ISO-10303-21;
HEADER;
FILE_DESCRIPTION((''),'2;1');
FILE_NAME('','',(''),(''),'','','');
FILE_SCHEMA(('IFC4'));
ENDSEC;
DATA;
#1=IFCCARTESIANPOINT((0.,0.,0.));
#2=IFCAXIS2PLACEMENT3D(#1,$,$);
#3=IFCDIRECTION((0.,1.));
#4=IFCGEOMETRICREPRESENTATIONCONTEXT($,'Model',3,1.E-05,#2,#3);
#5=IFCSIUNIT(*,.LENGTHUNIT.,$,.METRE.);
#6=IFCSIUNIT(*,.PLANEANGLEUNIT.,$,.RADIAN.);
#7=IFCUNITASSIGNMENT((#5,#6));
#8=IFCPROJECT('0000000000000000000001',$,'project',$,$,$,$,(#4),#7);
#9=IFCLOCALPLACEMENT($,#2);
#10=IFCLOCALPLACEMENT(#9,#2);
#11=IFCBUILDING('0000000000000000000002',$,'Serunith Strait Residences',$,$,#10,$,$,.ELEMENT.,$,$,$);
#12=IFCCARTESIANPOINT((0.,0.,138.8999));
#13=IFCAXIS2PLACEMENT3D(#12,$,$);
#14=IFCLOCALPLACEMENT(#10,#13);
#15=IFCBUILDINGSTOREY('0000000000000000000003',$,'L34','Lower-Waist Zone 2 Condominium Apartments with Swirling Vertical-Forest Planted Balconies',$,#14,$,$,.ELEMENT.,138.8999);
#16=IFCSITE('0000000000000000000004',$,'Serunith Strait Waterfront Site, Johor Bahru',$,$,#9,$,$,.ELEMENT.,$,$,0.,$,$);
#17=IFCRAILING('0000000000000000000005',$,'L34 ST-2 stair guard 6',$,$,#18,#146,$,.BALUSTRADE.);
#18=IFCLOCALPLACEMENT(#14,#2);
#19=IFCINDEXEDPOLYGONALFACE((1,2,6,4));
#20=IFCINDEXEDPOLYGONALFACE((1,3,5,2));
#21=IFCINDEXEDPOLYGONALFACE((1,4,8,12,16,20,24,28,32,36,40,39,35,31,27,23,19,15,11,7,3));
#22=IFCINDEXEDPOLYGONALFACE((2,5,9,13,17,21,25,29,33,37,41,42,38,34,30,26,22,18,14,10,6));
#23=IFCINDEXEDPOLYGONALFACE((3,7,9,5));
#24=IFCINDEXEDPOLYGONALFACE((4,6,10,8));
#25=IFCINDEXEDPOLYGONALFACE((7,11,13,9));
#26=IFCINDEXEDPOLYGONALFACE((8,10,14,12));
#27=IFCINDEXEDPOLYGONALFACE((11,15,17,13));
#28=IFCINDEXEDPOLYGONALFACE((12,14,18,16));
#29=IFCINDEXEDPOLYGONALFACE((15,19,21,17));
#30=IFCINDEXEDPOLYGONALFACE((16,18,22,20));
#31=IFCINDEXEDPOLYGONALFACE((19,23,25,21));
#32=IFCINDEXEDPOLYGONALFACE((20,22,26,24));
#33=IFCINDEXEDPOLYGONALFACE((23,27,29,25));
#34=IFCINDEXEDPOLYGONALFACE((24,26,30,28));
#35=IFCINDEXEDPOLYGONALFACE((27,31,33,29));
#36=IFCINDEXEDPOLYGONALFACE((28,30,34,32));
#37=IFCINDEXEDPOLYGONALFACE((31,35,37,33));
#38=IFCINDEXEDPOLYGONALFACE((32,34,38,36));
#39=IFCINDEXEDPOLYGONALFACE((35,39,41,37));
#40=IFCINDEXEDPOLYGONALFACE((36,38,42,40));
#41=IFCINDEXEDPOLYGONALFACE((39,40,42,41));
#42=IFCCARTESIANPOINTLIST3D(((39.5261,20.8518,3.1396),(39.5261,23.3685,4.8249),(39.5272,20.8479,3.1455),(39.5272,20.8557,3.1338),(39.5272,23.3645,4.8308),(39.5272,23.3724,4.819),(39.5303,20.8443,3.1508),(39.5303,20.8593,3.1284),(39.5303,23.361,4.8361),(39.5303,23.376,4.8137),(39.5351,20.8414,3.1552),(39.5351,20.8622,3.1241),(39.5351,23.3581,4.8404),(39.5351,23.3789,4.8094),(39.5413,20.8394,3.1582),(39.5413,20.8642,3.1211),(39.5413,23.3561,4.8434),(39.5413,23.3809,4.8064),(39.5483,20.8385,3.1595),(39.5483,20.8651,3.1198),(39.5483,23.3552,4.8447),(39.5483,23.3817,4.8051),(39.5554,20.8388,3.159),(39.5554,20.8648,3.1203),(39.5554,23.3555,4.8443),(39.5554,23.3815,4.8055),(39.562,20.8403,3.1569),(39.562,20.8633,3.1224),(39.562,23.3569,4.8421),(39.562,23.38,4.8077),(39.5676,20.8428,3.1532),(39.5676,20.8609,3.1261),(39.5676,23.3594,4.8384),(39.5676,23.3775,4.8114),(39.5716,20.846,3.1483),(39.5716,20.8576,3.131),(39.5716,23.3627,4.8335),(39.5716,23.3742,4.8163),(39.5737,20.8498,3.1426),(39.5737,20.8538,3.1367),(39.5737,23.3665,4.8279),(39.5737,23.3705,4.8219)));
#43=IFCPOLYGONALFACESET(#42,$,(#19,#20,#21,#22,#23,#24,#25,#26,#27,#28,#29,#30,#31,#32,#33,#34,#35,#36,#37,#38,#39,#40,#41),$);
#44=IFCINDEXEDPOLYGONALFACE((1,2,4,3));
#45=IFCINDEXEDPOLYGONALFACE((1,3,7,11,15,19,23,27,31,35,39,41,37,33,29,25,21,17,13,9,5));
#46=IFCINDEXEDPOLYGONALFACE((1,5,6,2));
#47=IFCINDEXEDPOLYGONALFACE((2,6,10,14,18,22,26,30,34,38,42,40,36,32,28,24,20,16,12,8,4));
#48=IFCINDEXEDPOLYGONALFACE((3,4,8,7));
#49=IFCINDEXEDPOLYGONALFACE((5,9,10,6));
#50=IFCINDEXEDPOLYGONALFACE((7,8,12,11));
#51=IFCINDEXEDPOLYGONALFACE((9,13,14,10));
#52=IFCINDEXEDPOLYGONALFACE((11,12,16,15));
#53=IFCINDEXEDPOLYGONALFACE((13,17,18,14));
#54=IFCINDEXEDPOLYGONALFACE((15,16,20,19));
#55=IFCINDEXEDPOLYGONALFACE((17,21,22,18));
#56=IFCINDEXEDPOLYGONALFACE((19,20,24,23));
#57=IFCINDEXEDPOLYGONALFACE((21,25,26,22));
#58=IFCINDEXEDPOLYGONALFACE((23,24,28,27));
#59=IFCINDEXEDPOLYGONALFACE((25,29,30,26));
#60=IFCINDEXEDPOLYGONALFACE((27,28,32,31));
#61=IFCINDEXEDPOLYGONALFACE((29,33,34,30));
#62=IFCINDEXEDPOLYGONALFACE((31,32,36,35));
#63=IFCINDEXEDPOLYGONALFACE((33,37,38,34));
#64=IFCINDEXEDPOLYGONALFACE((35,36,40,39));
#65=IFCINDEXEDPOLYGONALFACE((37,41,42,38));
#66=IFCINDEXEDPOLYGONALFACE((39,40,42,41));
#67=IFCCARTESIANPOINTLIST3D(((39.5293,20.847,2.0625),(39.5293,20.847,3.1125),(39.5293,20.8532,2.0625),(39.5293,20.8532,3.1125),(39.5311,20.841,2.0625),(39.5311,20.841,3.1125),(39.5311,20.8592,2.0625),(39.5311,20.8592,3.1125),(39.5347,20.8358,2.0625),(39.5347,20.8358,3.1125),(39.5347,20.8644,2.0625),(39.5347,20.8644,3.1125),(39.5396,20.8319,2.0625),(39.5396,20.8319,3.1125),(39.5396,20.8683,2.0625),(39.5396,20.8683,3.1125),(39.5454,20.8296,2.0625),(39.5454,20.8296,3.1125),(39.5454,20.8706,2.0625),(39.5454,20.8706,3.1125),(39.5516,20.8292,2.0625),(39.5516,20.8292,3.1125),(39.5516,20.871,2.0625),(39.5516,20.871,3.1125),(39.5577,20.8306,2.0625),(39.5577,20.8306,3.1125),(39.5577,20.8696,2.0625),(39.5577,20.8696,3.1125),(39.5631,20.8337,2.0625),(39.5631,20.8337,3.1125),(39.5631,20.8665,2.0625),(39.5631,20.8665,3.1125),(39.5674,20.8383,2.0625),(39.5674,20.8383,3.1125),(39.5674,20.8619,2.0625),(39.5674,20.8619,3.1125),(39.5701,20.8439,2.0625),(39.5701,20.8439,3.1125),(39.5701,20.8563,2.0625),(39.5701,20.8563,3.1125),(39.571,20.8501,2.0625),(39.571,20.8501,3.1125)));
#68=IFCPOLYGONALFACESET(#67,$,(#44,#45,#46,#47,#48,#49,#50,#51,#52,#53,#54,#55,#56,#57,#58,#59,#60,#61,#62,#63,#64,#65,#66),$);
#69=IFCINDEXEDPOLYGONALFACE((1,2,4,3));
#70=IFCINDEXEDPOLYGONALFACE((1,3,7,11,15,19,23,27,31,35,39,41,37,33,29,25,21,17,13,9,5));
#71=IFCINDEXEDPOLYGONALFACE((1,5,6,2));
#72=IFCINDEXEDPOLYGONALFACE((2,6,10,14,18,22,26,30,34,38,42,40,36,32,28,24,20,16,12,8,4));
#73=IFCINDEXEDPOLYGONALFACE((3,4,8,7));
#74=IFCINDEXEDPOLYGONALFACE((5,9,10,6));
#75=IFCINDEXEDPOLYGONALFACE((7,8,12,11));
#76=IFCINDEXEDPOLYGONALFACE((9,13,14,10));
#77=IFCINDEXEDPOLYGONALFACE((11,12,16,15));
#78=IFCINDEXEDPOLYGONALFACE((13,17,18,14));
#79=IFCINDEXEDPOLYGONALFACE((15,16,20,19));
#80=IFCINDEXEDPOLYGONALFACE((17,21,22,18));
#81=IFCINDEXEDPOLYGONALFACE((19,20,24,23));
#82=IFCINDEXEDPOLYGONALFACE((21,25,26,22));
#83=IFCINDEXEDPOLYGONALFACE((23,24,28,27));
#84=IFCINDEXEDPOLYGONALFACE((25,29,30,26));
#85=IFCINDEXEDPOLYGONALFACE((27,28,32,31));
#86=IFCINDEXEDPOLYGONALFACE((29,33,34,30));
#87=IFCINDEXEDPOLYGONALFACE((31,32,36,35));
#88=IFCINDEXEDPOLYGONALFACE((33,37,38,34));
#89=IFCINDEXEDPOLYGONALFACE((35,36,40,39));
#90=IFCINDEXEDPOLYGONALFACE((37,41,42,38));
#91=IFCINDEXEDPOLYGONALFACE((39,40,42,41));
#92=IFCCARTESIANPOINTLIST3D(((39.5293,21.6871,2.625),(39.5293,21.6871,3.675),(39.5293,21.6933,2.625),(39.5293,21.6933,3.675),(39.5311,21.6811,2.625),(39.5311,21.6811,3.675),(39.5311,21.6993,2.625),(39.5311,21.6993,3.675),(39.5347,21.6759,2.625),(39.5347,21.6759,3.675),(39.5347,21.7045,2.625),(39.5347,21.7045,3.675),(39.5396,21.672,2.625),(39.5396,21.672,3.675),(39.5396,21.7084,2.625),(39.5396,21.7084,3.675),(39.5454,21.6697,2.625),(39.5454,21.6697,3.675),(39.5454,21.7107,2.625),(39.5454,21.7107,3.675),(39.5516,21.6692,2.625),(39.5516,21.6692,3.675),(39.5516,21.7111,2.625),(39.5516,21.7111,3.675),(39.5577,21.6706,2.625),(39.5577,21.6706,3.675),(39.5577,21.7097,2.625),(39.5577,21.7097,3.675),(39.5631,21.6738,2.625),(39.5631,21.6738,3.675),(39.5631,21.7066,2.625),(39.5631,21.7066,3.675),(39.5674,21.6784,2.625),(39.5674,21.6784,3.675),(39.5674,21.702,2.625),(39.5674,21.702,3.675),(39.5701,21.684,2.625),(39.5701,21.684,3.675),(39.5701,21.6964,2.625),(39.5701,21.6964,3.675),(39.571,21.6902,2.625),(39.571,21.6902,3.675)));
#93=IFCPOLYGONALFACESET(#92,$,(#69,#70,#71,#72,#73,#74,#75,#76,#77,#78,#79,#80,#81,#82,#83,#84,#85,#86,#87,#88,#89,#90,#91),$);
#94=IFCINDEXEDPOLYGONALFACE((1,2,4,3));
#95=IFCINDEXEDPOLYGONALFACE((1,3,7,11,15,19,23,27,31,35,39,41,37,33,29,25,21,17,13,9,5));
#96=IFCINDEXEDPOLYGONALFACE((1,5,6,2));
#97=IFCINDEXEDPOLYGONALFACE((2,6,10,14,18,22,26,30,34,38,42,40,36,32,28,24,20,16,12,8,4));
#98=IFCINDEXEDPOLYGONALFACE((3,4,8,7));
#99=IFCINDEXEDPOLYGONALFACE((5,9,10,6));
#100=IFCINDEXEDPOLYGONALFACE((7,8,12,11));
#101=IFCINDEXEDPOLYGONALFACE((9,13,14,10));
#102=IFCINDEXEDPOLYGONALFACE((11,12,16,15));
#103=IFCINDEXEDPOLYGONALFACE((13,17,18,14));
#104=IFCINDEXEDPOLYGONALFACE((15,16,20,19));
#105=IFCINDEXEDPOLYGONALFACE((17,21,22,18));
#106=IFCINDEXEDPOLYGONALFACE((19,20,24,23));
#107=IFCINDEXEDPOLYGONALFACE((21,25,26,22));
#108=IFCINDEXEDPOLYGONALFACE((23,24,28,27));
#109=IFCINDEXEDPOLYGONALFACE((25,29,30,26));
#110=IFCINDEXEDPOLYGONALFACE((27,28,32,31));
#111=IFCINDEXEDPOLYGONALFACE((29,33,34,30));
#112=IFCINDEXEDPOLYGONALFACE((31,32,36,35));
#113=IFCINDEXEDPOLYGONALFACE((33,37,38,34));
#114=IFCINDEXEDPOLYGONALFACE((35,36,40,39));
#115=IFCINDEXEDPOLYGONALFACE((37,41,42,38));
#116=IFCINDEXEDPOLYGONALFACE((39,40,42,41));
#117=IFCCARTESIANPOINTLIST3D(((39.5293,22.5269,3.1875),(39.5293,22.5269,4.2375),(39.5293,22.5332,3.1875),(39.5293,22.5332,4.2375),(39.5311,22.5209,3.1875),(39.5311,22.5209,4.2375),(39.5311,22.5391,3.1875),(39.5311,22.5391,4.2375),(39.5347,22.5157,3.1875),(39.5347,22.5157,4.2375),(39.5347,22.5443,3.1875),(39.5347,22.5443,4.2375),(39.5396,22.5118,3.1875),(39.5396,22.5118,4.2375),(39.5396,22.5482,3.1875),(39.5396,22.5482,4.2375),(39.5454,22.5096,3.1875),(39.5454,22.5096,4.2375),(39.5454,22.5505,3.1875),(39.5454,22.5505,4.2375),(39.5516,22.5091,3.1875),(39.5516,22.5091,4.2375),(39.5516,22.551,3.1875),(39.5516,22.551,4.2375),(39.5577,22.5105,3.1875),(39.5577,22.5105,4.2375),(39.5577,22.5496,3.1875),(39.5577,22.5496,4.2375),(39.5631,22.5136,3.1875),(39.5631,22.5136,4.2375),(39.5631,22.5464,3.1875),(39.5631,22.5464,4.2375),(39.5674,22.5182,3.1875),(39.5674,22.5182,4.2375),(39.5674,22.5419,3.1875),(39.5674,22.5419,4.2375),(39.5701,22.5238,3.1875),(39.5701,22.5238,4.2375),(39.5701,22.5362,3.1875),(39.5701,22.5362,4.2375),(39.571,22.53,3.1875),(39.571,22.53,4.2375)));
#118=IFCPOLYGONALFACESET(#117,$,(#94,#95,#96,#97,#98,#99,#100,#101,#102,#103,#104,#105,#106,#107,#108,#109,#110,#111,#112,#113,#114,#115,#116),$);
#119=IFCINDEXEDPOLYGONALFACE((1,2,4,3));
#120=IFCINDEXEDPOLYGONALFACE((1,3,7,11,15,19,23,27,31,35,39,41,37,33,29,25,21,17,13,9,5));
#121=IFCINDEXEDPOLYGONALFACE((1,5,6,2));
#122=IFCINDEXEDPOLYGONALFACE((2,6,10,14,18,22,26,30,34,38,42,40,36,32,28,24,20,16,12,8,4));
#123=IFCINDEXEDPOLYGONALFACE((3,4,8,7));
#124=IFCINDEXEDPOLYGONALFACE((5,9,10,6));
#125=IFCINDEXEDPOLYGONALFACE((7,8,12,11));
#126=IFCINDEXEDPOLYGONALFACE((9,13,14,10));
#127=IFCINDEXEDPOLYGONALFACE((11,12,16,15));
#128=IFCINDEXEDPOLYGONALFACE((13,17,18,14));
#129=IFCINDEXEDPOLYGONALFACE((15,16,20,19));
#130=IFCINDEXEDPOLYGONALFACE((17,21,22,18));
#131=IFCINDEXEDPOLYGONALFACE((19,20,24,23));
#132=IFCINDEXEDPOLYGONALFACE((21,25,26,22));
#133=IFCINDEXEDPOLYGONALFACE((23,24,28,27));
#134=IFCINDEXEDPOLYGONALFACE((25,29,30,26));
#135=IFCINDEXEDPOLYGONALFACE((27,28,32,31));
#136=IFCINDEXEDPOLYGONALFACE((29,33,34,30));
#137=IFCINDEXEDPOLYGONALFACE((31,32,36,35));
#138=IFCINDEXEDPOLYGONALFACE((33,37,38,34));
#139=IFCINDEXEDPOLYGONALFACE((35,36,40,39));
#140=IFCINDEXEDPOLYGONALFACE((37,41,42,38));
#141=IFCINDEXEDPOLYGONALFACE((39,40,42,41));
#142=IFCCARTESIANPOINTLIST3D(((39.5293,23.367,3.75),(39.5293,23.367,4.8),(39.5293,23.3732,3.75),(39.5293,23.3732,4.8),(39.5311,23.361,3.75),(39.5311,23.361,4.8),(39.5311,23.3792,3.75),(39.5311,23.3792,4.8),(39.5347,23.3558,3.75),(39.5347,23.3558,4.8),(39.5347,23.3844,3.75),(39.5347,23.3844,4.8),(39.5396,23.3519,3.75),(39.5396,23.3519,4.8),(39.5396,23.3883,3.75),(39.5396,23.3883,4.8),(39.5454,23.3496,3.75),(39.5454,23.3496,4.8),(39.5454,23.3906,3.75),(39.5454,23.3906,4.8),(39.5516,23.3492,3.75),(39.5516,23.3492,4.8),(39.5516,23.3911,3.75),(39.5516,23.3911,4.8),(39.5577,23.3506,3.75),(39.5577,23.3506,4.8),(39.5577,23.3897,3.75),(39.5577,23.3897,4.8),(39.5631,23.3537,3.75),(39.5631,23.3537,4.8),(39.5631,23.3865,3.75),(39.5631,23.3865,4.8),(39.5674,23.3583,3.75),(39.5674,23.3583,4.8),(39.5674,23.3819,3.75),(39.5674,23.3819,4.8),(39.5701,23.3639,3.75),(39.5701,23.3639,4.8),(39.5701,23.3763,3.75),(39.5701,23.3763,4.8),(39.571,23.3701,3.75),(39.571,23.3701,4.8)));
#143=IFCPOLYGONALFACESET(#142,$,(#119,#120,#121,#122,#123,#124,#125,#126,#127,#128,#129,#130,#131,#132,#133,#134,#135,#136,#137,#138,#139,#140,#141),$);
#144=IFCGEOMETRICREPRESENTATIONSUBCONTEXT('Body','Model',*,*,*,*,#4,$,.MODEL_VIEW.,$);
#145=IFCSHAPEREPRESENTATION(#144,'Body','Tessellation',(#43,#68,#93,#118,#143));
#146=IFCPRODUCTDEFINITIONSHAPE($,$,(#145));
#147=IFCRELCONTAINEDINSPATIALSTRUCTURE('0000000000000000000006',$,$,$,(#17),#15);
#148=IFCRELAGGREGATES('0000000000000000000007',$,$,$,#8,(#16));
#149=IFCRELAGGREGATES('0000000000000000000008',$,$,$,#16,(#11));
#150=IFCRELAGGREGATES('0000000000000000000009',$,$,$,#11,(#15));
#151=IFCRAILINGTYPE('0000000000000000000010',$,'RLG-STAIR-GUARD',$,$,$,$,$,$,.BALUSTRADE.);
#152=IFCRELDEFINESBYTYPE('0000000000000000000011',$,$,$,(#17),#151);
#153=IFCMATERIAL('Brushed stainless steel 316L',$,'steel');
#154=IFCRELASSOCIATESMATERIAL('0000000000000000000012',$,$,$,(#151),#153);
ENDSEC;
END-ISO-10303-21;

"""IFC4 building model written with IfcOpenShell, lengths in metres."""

from ifc_helpers import new_model, si_unit, direction, frame, origin, origin_2d, place, context, subcontext, project, spatial, circle, extrude, material, type_object, element, save


model = new_model("IFC4")

# Units and contexts
model_context = context("Model", 3, precision=1e-05, world=origin(), true_north=direction((0.0, 1.0)))
body_context = subcontext(model_context, "Body", "Model", "MODEL_VIEW")
ifc_project = project(units=[si_unit("LENGTHUNIT", "METRE"), si_unit("PLANEANGLEUNIT", "RADIAN")], contexts=[model_context])

# Site, building, storey
site_placement = place(None, origin())
site = spatial("IfcSite", under=ifc_project, at=site_placement, Name="Serunith Strait Waterfront Site, Johor Bahru", CompositionType="ELEMENT", RefElevation=0.0)
building_placement = place(site_placement, origin())
building = spatial("IfcBuilding", under=site, at=building_placement, Name="Serunith Strait Residences", CompositionType="ELEMENT")
storey_placement = place(building_placement, frame((0.0, 0.0, 138.8999)))
storey = spatial("IfcBuildingStorey", under=building, at=storey_placement, Name="L34", Description="Lower-Waist Zone 2 Condominium Apartments with Swirling Vertical-Forest Planted Balconies", CompositionType="ELEMENT", Elevation=138.8999)

# Railing
ifc_material_1 = material(Name="Brushed stainless steel 316L", Category="steel")
railing_type_1 = type_object("IfcRailingType", Name="RLG-STAIR-GUARD", PredefinedType="BALUSTRADE", material=ifc_material_1)
railing_1_placement = place(storey_placement, frame((39.55, 20.8501, 2.0625)))
element("IfcRailing", 1, at=railing_1_placement, inside=storey, type_object=railing_type_1, Name="L34 ST-2 stair guard 6", PredefinedType="BALUSTRADE", context=body_context, shape_type="SweptSolid", body=[
    extrude(circle(Radius=0.0239, at=origin_2d()), frame((0.0, 0.0017, 1.0771), z_axis=(0.0, 0.830909, 0.556408), x_axis=(-1.0, 0.0, 0.0)), (0.0, 0.0, 1.0), 3.0288),
    extrude(circle(Radius=0.021, at=origin_2d()), origin(), (0.0, 0.0, 1.0), 1.05),
    extrude(circle(Radius=0.021, at=origin_2d()), frame((0.0, 0.8401, 0.5625)), (0.0, 0.0, 1.0), 1.05),
    extrude(circle(Radius=0.021, at=origin_2d()), frame((0.0, 1.6799, 1.125)), (0.0, 0.0, 1.0), 1.05),
    extrude(circle(Radius=0.021, at=origin_2d()), frame((0.0, 2.52, 1.6875)), (0.0, 0.0, 1.0), 1.05),
])

save(model, "model.ifc")
